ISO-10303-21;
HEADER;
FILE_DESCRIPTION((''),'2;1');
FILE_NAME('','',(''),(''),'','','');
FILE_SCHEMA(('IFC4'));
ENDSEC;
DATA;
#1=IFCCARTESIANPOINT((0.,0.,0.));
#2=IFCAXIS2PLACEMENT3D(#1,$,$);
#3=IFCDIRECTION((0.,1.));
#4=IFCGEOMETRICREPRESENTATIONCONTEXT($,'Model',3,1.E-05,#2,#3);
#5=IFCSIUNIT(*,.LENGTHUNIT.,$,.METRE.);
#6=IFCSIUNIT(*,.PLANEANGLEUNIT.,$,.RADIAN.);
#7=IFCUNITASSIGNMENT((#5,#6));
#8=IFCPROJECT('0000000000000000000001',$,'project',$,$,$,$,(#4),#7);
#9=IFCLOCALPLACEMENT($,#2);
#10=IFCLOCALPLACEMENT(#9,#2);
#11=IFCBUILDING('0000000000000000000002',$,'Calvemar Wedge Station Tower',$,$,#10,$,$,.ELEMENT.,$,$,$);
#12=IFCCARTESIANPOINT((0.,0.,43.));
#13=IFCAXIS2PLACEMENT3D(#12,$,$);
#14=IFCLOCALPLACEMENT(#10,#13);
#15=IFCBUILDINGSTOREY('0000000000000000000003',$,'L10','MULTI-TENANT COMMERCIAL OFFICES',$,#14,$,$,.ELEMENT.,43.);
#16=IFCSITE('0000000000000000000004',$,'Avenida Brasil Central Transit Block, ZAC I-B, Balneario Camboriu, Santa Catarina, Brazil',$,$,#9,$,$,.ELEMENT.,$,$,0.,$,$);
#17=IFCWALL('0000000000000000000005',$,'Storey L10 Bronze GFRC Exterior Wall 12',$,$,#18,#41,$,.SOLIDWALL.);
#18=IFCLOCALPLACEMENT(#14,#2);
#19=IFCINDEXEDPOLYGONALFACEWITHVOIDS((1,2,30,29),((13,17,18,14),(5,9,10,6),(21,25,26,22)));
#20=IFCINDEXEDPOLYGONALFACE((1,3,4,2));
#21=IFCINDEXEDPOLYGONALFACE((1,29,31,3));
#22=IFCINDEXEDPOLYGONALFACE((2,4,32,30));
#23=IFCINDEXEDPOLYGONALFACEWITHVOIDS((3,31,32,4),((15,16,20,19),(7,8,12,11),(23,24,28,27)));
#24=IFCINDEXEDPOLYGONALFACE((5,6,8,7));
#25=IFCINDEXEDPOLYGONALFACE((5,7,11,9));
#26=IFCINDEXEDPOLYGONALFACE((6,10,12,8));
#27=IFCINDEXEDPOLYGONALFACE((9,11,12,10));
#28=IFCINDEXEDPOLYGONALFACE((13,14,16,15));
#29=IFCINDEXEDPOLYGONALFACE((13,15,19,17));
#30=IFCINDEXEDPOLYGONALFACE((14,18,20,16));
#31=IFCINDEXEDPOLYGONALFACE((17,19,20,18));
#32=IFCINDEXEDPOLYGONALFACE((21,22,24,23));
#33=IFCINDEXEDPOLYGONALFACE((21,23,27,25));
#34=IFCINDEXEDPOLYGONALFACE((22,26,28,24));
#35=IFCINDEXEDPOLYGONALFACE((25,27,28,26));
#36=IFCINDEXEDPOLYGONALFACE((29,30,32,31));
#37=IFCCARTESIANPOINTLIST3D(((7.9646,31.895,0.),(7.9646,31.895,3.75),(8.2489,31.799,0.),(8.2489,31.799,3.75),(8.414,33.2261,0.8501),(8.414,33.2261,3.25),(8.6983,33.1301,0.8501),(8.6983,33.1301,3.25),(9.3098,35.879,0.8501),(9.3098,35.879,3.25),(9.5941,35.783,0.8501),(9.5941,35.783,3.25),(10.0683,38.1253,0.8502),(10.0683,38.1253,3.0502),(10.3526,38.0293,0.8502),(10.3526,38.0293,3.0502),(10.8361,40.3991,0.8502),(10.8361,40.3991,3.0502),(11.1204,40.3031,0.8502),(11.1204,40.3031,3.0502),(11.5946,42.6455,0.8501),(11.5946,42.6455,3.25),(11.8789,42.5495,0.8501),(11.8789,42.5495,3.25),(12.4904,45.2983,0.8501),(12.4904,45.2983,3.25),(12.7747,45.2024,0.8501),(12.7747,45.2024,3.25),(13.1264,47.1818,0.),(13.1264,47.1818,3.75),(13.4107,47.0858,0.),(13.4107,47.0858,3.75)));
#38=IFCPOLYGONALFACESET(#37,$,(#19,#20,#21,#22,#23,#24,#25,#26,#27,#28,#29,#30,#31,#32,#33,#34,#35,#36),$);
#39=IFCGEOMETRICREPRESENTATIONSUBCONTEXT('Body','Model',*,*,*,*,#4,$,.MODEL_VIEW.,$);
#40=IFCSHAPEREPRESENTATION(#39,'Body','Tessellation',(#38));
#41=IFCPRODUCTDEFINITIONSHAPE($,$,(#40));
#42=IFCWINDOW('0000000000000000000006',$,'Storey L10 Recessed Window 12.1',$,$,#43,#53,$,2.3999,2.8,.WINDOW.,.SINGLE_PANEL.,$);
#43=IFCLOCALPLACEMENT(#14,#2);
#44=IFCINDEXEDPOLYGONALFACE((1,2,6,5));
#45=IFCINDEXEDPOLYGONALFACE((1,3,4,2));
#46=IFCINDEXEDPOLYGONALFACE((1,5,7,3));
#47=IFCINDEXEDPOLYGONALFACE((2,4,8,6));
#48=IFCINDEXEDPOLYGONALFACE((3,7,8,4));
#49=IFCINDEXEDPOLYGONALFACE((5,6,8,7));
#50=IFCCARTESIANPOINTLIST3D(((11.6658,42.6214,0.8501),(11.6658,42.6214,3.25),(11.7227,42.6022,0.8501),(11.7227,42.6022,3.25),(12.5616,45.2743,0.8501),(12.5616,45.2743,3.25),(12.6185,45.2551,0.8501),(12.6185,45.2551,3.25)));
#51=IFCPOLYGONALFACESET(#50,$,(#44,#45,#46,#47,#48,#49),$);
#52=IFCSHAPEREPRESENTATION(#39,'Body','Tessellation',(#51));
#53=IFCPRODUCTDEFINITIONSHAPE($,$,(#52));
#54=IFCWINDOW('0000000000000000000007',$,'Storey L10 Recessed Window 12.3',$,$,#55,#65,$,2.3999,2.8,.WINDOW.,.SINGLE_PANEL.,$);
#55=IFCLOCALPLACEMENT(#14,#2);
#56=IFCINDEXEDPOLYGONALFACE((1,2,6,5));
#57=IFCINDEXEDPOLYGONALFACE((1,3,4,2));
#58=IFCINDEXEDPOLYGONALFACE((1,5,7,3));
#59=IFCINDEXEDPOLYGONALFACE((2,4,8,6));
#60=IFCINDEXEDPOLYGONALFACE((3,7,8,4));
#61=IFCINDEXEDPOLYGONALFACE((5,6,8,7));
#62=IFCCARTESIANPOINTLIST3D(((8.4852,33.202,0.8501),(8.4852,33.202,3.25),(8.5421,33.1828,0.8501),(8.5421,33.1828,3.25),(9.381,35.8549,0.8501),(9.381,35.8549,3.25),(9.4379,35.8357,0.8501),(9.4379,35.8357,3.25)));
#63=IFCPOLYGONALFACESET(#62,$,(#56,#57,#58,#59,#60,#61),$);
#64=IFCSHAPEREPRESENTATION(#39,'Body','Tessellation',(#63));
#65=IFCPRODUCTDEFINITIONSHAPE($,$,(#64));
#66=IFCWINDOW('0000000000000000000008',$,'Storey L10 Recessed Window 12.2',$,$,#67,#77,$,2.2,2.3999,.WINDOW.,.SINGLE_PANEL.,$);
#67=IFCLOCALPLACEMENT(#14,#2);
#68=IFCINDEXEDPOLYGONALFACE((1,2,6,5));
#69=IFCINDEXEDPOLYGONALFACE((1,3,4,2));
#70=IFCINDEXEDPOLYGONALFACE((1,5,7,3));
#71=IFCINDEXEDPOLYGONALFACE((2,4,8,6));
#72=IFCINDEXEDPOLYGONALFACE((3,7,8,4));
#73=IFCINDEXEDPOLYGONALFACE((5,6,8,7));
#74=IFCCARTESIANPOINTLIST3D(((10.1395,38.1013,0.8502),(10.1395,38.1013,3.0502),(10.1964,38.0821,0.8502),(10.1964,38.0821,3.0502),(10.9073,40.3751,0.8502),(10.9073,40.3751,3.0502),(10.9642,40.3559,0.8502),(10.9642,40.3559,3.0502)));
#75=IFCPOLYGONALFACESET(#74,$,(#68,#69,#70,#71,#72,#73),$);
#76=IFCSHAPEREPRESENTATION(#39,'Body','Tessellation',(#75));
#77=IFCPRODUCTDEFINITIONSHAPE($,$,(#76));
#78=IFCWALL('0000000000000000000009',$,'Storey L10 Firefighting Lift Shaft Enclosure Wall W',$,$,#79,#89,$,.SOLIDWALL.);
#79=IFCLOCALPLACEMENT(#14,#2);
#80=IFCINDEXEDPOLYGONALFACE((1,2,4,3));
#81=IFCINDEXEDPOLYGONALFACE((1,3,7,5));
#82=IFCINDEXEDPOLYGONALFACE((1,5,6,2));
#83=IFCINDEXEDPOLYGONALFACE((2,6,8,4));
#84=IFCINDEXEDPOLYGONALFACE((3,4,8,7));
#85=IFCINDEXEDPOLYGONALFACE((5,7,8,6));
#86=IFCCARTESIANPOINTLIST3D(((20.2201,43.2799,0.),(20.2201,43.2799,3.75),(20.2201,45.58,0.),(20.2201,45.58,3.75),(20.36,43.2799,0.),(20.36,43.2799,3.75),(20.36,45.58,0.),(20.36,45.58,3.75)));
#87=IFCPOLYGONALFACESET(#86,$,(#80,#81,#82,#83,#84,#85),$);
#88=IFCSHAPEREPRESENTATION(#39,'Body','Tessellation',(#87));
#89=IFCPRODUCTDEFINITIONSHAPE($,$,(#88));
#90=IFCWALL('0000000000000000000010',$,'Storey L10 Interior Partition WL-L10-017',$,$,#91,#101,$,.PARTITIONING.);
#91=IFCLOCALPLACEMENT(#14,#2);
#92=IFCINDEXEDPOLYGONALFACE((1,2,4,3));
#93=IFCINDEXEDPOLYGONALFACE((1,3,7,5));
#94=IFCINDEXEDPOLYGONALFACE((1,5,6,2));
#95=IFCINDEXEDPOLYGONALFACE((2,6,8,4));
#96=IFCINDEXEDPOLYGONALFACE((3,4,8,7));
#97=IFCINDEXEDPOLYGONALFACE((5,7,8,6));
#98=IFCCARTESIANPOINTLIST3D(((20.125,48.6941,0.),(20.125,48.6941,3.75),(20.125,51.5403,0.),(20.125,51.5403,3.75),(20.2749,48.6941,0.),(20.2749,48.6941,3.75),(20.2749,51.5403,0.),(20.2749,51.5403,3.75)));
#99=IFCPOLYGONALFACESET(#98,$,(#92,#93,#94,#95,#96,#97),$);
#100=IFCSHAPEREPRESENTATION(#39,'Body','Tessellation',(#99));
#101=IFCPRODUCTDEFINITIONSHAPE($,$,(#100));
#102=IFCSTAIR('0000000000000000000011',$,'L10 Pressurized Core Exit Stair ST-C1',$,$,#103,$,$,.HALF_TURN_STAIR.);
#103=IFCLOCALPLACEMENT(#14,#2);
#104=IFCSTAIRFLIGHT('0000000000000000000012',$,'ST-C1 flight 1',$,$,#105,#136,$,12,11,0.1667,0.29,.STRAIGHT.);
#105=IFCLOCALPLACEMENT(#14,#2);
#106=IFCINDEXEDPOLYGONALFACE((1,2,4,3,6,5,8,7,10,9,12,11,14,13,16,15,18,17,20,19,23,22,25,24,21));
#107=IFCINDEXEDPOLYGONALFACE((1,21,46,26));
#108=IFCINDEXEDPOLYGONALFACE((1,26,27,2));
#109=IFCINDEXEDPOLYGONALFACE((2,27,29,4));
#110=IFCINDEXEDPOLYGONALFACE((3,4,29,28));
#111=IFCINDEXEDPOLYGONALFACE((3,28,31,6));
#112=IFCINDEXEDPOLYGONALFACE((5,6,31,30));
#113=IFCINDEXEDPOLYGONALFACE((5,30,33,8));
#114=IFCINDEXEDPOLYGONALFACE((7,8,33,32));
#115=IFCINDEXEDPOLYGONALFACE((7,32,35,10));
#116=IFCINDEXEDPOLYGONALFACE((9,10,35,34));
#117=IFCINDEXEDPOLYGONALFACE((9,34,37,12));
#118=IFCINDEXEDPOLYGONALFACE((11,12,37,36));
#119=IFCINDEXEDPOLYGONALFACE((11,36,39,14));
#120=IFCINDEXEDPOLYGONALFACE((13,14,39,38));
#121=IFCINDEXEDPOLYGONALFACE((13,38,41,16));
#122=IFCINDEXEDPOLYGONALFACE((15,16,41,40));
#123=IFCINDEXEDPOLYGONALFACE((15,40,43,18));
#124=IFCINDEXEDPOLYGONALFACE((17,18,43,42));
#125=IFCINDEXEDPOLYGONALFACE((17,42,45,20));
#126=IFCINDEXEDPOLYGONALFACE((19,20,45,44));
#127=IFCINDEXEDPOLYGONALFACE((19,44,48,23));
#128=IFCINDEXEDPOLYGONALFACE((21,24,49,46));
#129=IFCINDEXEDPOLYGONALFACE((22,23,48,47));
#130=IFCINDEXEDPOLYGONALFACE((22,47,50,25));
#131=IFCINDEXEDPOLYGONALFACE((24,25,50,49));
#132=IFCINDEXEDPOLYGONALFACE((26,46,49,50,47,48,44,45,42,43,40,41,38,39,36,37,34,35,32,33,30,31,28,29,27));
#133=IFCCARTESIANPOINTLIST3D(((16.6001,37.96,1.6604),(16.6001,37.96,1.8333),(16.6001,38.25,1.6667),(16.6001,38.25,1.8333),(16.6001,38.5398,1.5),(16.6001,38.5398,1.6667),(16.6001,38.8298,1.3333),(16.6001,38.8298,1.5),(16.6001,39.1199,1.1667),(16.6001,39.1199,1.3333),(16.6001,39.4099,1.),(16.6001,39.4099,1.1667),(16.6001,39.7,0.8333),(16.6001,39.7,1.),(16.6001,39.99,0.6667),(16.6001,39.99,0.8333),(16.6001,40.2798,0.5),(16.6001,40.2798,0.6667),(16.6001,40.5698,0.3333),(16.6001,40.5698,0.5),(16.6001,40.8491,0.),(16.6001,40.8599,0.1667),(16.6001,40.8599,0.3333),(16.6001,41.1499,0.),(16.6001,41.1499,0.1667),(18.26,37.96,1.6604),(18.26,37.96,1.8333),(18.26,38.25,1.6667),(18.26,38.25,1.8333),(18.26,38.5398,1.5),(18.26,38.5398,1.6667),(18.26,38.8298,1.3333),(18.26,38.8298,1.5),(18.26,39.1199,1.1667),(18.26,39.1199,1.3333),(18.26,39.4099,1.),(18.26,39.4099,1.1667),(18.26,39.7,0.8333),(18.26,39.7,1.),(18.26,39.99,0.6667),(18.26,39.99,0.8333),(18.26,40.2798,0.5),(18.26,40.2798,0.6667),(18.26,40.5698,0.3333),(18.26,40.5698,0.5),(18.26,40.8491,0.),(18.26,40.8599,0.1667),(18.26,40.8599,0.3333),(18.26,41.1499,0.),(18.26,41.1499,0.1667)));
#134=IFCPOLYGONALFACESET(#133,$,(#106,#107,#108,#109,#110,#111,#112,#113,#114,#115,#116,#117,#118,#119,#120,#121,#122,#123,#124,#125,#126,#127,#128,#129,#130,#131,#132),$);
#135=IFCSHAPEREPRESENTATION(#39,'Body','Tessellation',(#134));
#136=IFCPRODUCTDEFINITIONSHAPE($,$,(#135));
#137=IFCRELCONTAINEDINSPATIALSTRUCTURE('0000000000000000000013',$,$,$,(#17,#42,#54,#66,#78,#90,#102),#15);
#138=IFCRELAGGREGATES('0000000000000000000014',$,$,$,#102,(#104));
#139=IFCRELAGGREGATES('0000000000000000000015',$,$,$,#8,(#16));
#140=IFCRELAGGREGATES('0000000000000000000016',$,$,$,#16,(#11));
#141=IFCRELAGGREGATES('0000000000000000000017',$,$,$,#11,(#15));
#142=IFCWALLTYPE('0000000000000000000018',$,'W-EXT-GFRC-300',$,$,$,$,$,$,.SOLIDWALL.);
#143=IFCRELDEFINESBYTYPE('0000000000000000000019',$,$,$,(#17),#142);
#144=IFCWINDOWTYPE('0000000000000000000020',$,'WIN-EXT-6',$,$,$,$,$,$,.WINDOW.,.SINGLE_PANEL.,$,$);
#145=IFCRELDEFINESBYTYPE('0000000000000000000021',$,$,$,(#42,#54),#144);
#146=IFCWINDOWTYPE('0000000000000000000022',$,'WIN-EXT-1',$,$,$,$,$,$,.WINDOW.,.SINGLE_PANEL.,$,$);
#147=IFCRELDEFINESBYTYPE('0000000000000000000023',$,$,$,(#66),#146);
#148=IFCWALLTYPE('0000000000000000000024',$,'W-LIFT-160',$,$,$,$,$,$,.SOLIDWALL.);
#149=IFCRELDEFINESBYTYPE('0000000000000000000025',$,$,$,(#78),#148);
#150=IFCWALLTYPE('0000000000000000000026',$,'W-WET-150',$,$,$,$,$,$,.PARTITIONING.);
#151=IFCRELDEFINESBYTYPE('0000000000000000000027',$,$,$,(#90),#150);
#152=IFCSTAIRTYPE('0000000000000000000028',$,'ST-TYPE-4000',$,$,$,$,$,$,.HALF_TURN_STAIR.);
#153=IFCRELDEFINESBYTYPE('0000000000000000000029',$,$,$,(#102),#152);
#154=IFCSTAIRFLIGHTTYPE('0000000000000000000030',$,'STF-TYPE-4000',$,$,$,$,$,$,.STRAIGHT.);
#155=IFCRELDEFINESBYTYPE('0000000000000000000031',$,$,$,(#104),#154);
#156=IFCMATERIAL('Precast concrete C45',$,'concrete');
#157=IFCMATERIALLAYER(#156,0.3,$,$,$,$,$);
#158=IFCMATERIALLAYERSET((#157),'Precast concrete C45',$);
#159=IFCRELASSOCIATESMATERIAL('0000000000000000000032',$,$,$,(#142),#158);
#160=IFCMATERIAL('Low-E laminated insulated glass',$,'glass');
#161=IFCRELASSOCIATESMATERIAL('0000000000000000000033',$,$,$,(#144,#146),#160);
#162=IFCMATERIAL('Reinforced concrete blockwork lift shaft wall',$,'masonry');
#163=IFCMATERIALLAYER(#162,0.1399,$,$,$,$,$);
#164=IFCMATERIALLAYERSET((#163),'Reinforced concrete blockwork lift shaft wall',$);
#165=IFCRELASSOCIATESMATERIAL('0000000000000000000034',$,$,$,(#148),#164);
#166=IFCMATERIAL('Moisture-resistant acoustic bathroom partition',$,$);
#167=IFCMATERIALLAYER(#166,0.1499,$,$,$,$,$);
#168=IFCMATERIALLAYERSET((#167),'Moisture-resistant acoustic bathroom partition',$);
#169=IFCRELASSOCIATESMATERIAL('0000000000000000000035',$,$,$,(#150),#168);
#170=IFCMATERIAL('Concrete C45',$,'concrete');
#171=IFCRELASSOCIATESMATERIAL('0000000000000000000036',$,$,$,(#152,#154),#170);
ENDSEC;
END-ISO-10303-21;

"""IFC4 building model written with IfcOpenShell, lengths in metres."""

from ifc_helpers import new_model, si_unit, direction, frame, frame_2d, origin, place, context, subcontext, project, spatial, polyline, rectangle, outline, extrude, source, transform, mapped, material, layer, layer_set, type_object, element, fill, aggregate, save


model = new_model("IFC4")

# Units and contexts
model_context = context("Model", 3, precision=1e-05, world=origin(), true_north=direction((0.0, 1.0)))
body_context = subcontext(model_context, "Body", "Model", "MODEL_VIEW")
ifc_project = project(units=[si_unit("LENGTHUNIT", "METRE"), si_unit("PLANEANGLEUNIT", "RADIAN")], contexts=[model_context])

# Site, building, storey
site_placement = place(None, origin())
site = spatial("IfcSite", under=ifc_project, at=site_placement, Name="Avenida Brasil Central Transit Block, ZAC I-B, Balneario Camboriu, Santa Catarina, Brazil", CompositionType="ELEMENT", RefElevation=0.0)
building_placement = place(site_placement, origin())
building = spatial("IfcBuilding", under=site, at=building_placement, Name="Calvemar Wedge Station Tower", CompositionType="ELEMENT")
storey_placement = place(building_placement, frame((0.0, 0.0, 43.0)))
storey = spatial("IfcBuildingStorey", under=building, at=storey_placement, Name="L10", Description="MULTI-TENANT COMMERCIAL OFFICES", CompositionType="ELEMENT", Elevation=43.0)

# Wall, openings, windows
ifc_material_1 = material(Name="Precast concrete C45", Category="concrete")
ifc_layer_1 = layer(ifc_material_1, 0.3)
ifc_layer_set_1 = layer_set([ifc_layer_1], Name="Precast concrete C45")
wall_type_1 = type_object("IfcWallType", Name="W-EXT-GFRC-300", PredefinedType="SOLIDWALL", material=ifc_layer_set_1)
wall_1_placement = place(storey_placement, frame((13.2686, 47.1338, 0.0), z_axis=(0.0, 0.0, 1.0), x_axis=(-0.31992, -0.947444, 0.0)))
wall_1 = element("IfcWall", 1, at=wall_1_placement, inside=storey, type_object=wall_type_1, Name="Storey L10 Bronze GFRC Exterior Wall 12", PredefinedType="SOLIDWALL", context=body_context, shape_type="SweptSolid", body=[
    extrude(rectangle(XDim=16.1348, YDim=0.3, at=frame_2d((8.0674, 0.0))), origin(), (0.0, 0.0, 1.0), 3.75),
])
shared_shape_1 = source(origin(), body_context, "Body", "SweptSolid", [
    extrude(rectangle(XDim=2.8, YDim=2.3999, at=frame_2d((1.3999, 1.2))), frame((0.0, 0.1602, 0.0), z_axis=(0.0, -1.0, 0.0), x_axis=(1.0, 0.0, 0.0)), (0.0, 0.0, 1.0), 0.3201),
])
opening_1_placement = place(wall_1_placement, frame((1.988, 0.0, 0.8501)))
opening_1 = element("IfcOpeningElement", 2, at=opening_1_placement, cuts=wall_1, PredefinedType="OPENING", context=body_context, shape_type="MappedRepresentation", body=[
    mapped(shared_shape_1, transform((0.0, 0.0, 0.0), scale=1.0)),
])
shared_shape_2 = source(origin(), body_context, "Body", "SweptSolid", [
    extrude(rectangle(XDim=2.3999, YDim=2.2, at=frame_2d((1.2, 1.1001))), frame((0.0, 0.1602, 0.0), z_axis=(0.0, -1.0, 0.0), x_axis=(1.0, 0.0, 0.0)), (0.0, 0.0, 1.0), 0.3201),
])
opening_2_placement = place(wall_1_placement, frame((7.1589, 0.0, 0.8501)))
opening_2 = element("IfcOpeningElement", 3, at=opening_2_placement, cuts=wall_1, PredefinedType="OPENING", context=body_context, shape_type="MappedRepresentation", body=[
    mapped(shared_shape_2, transform((0.0, 0.0, 0.0), scale=1.0)),
])
opening_3_placement = place(wall_1_placement, frame((11.9299, 0.0, 0.8501)))
opening_3 = element("IfcOpeningElement", 4, at=opening_3_placement, cuts=wall_1, PredefinedType="OPENING", context=body_context, shape_type="MappedRepresentation", body=[
    mapped(shared_shape_1, transform((0.0, 0.0, 0.0), scale=1.0)),
])
ifc_material_2 = material(Name="Low-E laminated insulated glass", Category="glass")
window_type_1 = type_object("IfcWindowType", Name="WIN-EXT-6", PartitioningType="SINGLE_PANEL", PredefinedType="WINDOW", material=ifc_material_2)
shared_shape_3 = source(origin(), body_context, "Body", "SweptSolid", [
    extrude(rectangle(XDim=2.8, YDim=2.3999, at=frame_2d((1.3999, 1.2))), frame((0.0, -0.0149, 0.0), z_axis=(0.0, -1.0, 0.0), x_axis=(1.0, 0.0, 0.0)), (0.0, 0.0, 1.0), 0.0601),
])
window_1_placement = place(opening_1_placement, origin())
window_1 = element("IfcWindow", 5, at=window_1_placement, inside=storey, type_object=window_type_1, Name="Storey L10 Recessed Window 12.1", OverallHeight=2.3999, OverallWidth=2.8, PartitioningType="SINGLE_PANEL", PredefinedType="WINDOW", context=body_context, shape_type="MappedRepresentation", body=[
    mapped(shared_shape_3, transform((0.0, 0.0, 0.0), scale=1.0)),
])
fill(opening_1, window_1)
window_2_placement = place(opening_3_placement, origin())
window_2 = element("IfcWindow", 6, at=window_2_placement, inside=storey, type_object=window_type_1, Name="Storey L10 Recessed Window 12.3", OverallHeight=2.3999, OverallWidth=2.8, PartitioningType="SINGLE_PANEL", PredefinedType="WINDOW", context=body_context, shape_type="MappedRepresentation", body=[
    mapped(shared_shape_3, transform((0.0, 0.0, 0.0), scale=1.0)),
])
fill(opening_3, window_2)
window_type_2 = type_object("IfcWindowType", Name="WIN-EXT-1", PartitioningType="SINGLE_PANEL", PredefinedType="WINDOW", material=ifc_material_2)
shared_shape_4 = source(origin(), body_context, "Body", "SweptSolid", [
    extrude(rectangle(XDim=2.3999, YDim=2.2, at=frame_2d((1.2, 1.1001))), frame((0.0, -0.0149, 0.0), z_axis=(0.0, -1.0, 0.0), x_axis=(1.0, 0.0, 0.0)), (0.0, 0.0, 1.0), 0.0601),
])
window_3_placement = place(opening_2_placement, origin())
window_3 = element("IfcWindow", 7, at=window_3_placement, inside=storey, type_object=window_type_2, Name="Storey L10 Recessed Window 12.2", OverallHeight=2.2, OverallWidth=2.3999, PartitioningType="SINGLE_PANEL", PredefinedType="WINDOW", context=body_context, shape_type="MappedRepresentation", body=[
    mapped(shared_shape_4, transform((0.0, 0.0, 0.0), scale=1.0)),
])
fill(opening_2, window_3)

# Shared definitions
ifc_material_3 = material(Name="Reinforced concrete blockwork lift shaft wall", Category="masonry")
ifc_layer_2 = layer(ifc_material_3, 0.1399)
ifc_layer_set_2 = layer_set([ifc_layer_2], Name="Reinforced concrete blockwork lift shaft wall")
wall_type_2 = type_object("IfcWallType", Name="W-LIFT-160", PredefinedType="SOLIDWALL", material=ifc_layer_set_2)

# Walls
wall_2_placement = place(storey_placement, frame((20.29, 43.28, 0.0), z_axis=(0.0, 0.0, 1.0), x_axis=(0.0, 1.0, 0.0)))
element("IfcWall", 8, at=wall_2_placement, inside=storey, type_object=wall_type_2, Name="Storey L10 Firefighting Lift Shaft Enclosure Wall W", PredefinedType="SOLIDWALL", context=body_context, shape_type="SweptSolid", body=[
    extrude(rectangle(XDim=2.3, YDim=0.1399, at=frame_2d((1.1499, 0.0))), origin(), (0.0, 0.0, 1.0), 3.75),
])
ifc_material_4 = material(Name="Moisture-resistant acoustic bathroom partition")
ifc_layer_3 = layer(ifc_material_4, 0.1499)
ifc_layer_set_3 = layer_set([ifc_layer_3], Name="Moisture-resistant acoustic bathroom partition")
wall_type_3 = type_object("IfcWallType", Name="W-WET-150", PredefinedType="PARTITIONING", material=ifc_layer_set_3)
wall_3_placement = place(storey_placement, frame((20.2, 51.5403, 0.0), z_axis=(0.0, 0.0, 1.0), x_axis=(0.0, -1.0, 0.0)))
element("IfcWall", 9, at=wall_3_placement, inside=storey, type_object=wall_type_3, Name="Storey L10 Interior Partition WL-L10-017", PredefinedType="PARTITIONING", context=body_context, shape_type="SweptSolid", body=[
    extrude(rectangle(XDim=2.8462, YDim=0.1499, at=frame_2d((1.4231, 0.0))), origin(), (0.0, 0.0, 1.0), 3.75),
])

# Stair, stair flight
ifc_material_5 = material(Name="Concrete C45", Category="concrete")
stair_type = type_object("IfcStairType", Name="ST-TYPE-4000", PredefinedType="HALF_TURN_STAIR", material=ifc_material_5)
stair_placement = place(storey_placement, origin())
stair = element("IfcStair", 10, at=stair_placement, inside=storey, type_object=stair_type, Name="L10 Pressurized Core Exit Stair ST-C1", PredefinedType="HALF_TURN_STAIR")
stair_flight_type = type_object("IfcStairFlightType", Name="STF-TYPE-4000", PredefinedType="STRAIGHT", material=ifc_material_5)
stair_flight_placement = place(storey_placement, frame((17.4299, 41.1499, 0.0), z_axis=(0.0, 0.0, 1.0), x_axis=(0.0, -1.0, 0.0)))
stair_flight = element("IfcStairFlight", 11, at=stair_flight_placement, type_object=stair_flight_type, Name="ST-C1 flight 1", NumberOfRisers=12, NumberOfTreads=11, PredefinedType="STRAIGHT", RiserHeight=0.1667, TreadLength=0.29, context=body_context, shape_type="SweptSolid", body=[
    extrude(outline(polyline([(0.0, 0.0), (0.0, 0.1667), (0.29, 0.1667), (0.29, 0.3333), (0.5801, 0.3333), (0.5801, 0.5), (0.8701, 0.5), (0.8701, 0.6667), (1.1599, 0.6667), (1.1599, 0.8333), (1.45, 0.8333), (1.45, 1.0), (1.74, 1.0), (1.74, 1.1667), (2.03, 1.1667), (2.03, 1.3333), (2.3201, 1.3333), (2.3201, 1.5), (2.6101, 1.5), (2.6101, 1.6667), (2.8999, 1.6667), (2.8999, 1.8333), (3.1899, 1.8333), (3.1899, 2.0), (3.1899, 1.6604), (0.3008, 0.0), (0.0, 0.0)])), frame((0.0, 0.8301, 0.0), z_axis=(0.0, -1.0, 0.0), x_axis=(1.0, 0.0, 0.0)), (0.0, 0.0, 1.0), 1.6599),
])
aggregate(stair, [stair_flight])

save(model, "model.ifc")
